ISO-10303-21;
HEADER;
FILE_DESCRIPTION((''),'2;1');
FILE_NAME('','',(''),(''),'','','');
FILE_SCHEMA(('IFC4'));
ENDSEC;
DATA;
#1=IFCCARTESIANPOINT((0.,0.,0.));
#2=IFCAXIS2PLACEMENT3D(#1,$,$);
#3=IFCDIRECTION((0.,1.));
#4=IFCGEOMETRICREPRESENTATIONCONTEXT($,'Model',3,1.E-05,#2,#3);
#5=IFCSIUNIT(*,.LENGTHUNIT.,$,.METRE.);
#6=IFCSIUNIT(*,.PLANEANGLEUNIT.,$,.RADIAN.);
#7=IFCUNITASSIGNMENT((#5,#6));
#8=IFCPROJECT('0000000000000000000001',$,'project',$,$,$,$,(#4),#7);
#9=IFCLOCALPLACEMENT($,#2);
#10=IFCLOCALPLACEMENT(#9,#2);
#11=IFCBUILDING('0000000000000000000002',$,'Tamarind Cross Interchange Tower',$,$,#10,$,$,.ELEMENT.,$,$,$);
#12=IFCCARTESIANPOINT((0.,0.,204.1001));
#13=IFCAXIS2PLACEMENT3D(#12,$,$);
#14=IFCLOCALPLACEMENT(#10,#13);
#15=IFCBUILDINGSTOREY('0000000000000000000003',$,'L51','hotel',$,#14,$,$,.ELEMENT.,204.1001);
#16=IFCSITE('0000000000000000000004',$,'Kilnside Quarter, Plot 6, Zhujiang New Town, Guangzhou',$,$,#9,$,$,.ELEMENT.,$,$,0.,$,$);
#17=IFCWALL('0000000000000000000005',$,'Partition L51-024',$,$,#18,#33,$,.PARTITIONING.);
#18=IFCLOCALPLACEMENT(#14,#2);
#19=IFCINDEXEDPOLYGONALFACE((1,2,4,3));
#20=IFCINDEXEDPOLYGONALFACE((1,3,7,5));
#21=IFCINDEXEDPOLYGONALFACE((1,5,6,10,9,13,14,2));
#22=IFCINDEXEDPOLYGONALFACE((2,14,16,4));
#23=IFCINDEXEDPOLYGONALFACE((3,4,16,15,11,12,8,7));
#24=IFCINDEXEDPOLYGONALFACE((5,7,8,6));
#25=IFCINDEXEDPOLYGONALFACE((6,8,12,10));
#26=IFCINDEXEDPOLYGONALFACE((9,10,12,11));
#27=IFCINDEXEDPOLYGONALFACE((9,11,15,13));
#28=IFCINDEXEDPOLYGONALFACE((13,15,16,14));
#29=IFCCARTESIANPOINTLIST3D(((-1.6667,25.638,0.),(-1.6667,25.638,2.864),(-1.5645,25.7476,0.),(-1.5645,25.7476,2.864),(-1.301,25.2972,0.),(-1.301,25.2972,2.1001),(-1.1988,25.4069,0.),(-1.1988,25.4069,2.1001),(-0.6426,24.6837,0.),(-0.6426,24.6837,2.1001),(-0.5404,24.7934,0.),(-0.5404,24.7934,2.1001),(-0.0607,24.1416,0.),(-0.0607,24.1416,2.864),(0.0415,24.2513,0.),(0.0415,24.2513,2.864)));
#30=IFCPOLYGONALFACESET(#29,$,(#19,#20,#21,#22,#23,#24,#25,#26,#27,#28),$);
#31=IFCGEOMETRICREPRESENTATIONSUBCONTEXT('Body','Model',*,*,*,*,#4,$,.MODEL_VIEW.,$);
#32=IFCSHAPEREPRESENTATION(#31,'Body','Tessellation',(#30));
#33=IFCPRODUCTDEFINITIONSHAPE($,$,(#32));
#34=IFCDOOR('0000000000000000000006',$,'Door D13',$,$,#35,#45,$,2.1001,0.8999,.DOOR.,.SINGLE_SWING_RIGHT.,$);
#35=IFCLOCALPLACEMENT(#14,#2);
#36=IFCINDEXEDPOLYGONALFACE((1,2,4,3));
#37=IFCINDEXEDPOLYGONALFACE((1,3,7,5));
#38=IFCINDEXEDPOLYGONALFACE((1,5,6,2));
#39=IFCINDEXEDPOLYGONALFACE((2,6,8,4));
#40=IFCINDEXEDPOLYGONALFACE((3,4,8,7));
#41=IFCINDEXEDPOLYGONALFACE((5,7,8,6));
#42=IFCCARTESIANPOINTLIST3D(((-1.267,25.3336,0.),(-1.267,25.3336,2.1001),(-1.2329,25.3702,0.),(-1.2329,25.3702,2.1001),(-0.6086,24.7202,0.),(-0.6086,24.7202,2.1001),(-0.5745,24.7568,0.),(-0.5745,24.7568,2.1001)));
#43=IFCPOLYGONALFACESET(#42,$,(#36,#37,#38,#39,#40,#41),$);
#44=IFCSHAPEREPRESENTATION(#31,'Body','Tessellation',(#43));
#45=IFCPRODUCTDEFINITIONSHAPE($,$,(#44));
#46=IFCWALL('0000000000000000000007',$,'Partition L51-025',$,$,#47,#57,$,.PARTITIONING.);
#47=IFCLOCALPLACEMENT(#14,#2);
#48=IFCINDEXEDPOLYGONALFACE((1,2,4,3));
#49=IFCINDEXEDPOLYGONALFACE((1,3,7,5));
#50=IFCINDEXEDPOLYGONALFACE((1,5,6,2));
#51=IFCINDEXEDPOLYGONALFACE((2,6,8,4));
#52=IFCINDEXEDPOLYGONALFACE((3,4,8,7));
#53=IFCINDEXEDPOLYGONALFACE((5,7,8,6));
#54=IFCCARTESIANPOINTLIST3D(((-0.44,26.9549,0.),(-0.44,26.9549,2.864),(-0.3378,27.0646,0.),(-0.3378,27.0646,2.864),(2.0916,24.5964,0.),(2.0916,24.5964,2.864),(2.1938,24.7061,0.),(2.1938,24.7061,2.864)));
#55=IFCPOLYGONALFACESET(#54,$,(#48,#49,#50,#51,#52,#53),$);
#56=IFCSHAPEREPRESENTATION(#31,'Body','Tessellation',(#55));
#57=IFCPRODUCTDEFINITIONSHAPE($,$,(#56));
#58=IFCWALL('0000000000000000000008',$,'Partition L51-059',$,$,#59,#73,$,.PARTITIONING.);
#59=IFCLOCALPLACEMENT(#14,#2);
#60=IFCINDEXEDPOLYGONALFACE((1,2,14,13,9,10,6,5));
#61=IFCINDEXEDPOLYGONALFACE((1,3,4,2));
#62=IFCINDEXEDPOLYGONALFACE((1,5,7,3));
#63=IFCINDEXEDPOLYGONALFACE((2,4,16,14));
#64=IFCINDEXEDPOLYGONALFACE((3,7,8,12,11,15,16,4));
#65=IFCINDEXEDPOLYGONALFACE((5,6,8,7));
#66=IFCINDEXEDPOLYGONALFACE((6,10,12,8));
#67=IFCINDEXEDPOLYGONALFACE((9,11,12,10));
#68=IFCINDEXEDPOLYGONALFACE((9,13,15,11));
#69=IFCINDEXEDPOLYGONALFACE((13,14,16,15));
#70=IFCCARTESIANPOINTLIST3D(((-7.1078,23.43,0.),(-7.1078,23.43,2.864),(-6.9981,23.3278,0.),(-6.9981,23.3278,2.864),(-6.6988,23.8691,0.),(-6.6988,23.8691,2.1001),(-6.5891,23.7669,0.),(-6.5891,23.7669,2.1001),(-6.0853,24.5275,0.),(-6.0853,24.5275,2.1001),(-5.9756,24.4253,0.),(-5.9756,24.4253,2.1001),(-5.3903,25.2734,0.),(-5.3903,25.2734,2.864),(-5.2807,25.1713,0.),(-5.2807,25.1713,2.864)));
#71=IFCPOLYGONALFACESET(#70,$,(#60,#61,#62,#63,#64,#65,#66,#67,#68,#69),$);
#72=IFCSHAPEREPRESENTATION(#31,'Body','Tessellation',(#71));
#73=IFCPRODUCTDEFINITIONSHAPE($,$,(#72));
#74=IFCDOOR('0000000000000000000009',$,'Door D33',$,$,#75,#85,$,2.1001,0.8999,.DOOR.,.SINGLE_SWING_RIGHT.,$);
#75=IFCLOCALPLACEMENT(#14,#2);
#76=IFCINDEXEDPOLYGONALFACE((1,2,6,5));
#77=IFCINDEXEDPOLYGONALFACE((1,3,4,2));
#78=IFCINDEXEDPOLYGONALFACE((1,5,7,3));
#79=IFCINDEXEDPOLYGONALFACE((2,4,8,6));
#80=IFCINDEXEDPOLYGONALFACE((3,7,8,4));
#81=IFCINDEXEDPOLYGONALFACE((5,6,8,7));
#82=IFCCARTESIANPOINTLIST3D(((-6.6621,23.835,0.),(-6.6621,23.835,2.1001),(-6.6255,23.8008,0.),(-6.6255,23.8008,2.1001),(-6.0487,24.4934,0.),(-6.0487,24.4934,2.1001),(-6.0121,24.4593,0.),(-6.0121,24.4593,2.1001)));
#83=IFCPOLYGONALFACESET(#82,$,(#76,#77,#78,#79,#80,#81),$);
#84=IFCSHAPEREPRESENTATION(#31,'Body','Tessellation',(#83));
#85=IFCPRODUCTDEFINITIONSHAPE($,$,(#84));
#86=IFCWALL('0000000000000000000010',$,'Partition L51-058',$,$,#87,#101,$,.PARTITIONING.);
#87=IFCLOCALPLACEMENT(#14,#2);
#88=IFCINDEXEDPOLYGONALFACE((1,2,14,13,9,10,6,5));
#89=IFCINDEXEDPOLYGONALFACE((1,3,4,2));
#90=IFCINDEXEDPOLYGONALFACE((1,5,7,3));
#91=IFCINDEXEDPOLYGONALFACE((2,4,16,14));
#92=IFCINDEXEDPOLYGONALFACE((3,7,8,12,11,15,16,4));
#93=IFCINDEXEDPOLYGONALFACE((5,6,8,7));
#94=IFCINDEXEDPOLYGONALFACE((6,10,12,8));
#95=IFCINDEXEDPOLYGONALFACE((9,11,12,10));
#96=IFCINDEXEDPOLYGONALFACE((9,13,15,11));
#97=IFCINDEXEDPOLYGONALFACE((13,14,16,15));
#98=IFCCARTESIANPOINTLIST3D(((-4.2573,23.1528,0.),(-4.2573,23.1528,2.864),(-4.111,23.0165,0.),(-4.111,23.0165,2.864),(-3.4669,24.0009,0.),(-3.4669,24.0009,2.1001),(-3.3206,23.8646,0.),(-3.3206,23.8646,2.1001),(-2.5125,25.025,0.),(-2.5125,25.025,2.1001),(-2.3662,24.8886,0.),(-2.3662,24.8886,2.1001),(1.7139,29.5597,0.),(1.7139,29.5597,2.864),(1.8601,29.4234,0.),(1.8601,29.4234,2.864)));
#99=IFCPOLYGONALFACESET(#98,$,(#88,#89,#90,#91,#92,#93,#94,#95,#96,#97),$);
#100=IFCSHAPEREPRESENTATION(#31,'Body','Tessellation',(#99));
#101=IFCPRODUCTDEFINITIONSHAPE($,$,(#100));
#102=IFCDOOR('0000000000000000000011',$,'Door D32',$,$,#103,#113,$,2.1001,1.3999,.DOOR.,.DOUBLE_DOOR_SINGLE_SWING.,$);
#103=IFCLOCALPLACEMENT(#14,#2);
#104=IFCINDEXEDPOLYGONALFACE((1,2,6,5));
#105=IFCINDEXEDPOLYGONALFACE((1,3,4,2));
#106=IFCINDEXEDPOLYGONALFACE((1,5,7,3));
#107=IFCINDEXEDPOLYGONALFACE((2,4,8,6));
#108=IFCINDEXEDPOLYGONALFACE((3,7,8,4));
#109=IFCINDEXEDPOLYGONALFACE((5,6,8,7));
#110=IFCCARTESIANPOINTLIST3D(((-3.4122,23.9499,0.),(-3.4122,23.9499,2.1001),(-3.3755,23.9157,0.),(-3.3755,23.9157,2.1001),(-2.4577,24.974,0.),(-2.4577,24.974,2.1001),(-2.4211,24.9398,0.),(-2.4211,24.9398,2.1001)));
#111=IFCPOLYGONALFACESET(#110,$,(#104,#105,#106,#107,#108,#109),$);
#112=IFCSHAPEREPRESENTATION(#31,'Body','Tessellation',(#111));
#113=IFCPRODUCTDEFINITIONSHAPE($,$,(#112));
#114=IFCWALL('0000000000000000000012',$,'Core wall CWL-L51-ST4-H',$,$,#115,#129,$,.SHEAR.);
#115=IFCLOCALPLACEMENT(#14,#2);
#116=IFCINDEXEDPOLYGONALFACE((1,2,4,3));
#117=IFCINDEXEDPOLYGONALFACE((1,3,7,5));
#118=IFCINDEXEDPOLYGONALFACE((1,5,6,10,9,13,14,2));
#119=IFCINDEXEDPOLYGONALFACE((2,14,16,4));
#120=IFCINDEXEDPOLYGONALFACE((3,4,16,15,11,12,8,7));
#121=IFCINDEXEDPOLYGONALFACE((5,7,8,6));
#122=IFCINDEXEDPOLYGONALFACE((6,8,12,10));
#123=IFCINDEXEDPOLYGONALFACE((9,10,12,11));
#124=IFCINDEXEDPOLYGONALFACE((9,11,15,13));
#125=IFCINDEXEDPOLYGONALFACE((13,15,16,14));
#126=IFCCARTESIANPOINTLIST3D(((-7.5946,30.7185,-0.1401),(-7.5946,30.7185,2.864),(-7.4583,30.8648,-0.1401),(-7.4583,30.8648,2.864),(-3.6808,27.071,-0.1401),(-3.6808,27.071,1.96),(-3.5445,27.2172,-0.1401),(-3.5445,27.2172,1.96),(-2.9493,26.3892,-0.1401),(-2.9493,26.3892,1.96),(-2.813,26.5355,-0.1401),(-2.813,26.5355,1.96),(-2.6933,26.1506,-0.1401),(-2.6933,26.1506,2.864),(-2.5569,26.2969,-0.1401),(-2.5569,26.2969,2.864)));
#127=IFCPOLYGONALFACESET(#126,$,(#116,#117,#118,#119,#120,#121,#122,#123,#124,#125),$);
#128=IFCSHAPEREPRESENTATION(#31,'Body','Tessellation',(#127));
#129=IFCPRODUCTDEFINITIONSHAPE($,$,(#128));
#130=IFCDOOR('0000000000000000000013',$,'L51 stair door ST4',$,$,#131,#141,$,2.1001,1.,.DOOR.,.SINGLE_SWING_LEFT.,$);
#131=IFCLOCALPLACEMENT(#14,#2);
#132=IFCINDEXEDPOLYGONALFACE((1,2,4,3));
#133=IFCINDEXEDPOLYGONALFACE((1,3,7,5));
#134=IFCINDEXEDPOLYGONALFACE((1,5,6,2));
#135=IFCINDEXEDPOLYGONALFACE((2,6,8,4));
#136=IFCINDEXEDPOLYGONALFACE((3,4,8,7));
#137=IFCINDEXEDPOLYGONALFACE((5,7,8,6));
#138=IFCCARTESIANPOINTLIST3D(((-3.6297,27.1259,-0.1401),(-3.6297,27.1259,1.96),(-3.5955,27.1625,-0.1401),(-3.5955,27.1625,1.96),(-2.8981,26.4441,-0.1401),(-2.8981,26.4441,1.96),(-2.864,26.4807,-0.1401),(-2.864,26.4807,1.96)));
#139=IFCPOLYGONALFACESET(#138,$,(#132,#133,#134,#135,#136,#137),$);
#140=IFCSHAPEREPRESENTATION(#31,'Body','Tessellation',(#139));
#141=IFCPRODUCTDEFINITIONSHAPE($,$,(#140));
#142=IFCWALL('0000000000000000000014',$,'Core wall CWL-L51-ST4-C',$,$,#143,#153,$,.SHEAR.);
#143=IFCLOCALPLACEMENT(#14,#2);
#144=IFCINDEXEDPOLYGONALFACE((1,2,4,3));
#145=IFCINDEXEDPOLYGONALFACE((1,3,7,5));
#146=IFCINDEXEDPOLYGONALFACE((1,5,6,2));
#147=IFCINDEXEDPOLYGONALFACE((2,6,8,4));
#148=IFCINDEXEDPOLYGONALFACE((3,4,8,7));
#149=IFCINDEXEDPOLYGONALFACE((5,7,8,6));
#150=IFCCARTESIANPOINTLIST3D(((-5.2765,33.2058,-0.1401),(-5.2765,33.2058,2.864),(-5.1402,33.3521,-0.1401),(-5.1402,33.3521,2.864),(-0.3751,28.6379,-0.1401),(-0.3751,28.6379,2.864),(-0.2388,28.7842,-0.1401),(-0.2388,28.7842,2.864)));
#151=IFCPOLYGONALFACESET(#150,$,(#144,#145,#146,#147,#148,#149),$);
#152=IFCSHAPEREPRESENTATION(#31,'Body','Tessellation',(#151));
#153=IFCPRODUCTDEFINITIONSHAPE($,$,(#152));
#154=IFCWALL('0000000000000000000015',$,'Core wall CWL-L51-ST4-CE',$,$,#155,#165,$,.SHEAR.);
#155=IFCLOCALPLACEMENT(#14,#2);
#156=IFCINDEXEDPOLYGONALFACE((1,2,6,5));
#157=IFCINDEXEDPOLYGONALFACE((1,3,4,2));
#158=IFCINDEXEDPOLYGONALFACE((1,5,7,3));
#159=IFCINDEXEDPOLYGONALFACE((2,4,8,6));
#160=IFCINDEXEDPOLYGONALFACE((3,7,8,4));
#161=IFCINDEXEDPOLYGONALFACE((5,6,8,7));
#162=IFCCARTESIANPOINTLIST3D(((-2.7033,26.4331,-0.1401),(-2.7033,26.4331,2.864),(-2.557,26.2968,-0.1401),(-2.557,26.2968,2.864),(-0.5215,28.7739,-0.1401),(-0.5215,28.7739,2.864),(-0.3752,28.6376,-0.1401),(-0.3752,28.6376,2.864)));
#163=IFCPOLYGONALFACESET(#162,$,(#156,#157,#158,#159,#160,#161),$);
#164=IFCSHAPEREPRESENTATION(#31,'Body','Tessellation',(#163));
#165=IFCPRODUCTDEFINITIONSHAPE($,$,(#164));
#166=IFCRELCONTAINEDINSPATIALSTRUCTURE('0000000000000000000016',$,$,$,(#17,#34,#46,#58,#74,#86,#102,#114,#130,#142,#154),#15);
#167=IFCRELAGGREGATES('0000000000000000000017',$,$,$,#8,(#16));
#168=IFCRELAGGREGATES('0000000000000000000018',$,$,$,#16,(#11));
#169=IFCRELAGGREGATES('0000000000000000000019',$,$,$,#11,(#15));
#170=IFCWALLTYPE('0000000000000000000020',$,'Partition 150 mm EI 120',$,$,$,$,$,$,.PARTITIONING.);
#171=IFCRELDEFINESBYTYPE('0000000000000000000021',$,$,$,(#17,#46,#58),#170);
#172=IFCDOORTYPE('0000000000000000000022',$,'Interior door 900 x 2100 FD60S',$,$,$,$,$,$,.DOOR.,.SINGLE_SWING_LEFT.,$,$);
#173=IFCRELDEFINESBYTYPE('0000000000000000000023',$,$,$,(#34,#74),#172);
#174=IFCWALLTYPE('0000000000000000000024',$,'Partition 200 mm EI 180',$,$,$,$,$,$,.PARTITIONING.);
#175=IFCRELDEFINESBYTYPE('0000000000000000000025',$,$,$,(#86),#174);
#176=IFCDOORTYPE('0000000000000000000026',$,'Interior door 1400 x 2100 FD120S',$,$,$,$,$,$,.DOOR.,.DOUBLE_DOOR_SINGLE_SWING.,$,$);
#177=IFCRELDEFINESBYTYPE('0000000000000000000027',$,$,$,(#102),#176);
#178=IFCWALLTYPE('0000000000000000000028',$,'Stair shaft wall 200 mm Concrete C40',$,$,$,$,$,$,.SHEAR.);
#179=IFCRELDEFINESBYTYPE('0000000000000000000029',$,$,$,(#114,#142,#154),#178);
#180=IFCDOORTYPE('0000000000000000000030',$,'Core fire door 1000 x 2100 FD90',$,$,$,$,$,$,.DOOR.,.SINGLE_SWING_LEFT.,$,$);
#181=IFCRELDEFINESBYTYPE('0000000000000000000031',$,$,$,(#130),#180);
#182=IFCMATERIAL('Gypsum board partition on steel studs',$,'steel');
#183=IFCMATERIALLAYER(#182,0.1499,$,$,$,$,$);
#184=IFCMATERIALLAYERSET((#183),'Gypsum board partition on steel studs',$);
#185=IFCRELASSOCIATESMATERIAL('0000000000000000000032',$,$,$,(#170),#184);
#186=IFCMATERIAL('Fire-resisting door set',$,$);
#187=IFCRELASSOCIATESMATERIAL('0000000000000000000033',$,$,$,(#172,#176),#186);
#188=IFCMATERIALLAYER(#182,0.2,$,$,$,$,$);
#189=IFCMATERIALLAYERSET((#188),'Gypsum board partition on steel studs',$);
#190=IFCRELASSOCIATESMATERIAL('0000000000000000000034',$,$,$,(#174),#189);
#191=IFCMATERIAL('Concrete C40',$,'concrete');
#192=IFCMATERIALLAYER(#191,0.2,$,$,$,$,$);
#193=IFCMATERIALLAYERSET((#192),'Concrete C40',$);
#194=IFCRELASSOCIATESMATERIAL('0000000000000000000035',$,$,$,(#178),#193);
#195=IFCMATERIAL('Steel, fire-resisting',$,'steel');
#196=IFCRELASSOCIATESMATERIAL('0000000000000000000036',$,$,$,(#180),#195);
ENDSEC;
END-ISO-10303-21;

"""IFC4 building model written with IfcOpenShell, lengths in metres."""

from ifc_helpers import new_model, si_unit, direction, frame, frame_2d, origin, place, context, subcontext, project, spatial, rectangle, extrude, material, layer, layer_set, type_object, element, fill, save


model = new_model("IFC4")

# Units and contexts
model_context = context("Model", 3, precision=1e-05, world=origin(), true_north=direction((0.0, 1.0)))
body_context = subcontext(model_context, "Body", "Model", "MODEL_VIEW")
ifc_project = project(units=[si_unit("LENGTHUNIT", "METRE"), si_unit("PLANEANGLEUNIT", "RADIAN")], contexts=[model_context])

# Site, building, storey
site_placement = place(None, origin())
site = spatial("IfcSite", under=ifc_project, at=site_placement, Name="Kilnside Quarter, Plot 6, Zhujiang New Town, Guangzhou", CompositionType="ELEMENT", RefElevation=0.0)
building_placement = place(site_placement, origin())
building = spatial("IfcBuilding", under=site, at=building_placement, Name="Tamarind Cross Interchange Tower", CompositionType="ELEMENT")
storey_placement = place(building_placement, frame((0.0, 0.0, 204.1001)))
storey = spatial("IfcBuildingStorey", under=building, at=storey_placement, Name="L51", Description="hotel", CompositionType="ELEMENT", Elevation=204.1001)

# Shared definitions
ifc_material_1 = material(Name="Gypsum board partition on steel studs", Category="steel")
ifc_layer_1 = layer(ifc_material_1, 0.1499)
ifc_layer_set_1 = layer_set([ifc_layer_1], Name="Gypsum board partition on steel studs")
wall_type_1 = type_object("IfcWallType", Name="Partition 150 mm EI 120", PredefinedType="PARTITIONING", material=ifc_layer_set_1)

# Wall, opening, door
wall_1_placement = place(storey_placement, frame((-1.6157, 25.6929, 0.0), z_axis=(0.0, 0.0, 1.0), x_axis=(0.731636, -0.681696, 0.0)))
wall_1 = element("IfcWall", 1, at=wall_1_placement, inside=storey, type_object=wall_type_1, Name="Partition L51-024", PredefinedType="PARTITIONING", context=body_context, shape_type="SweptSolid", body=[
    extrude(rectangle(XDim=2.1951, YDim=0.1499, at=frame_2d((1.0977, 0.0))), origin(), (0.0, 0.0, 1.0), 2.864),
])
opening_1_placement = place(wall_1_placement, frame((0.5, 0.0, 0.0)))
opening_1 = element("IfcOpeningElement", 2, at=opening_1_placement, cuts=wall_1, PredefinedType="OPENING", context=body_context, shape_type="SweptSolid", body=[
    extrude(rectangle(XDim=0.8999, YDim=2.1001, at=frame_2d((0.45, 1.05))), frame((0.0, 0.085, 0.0), z_axis=(0.0, -1.0, 0.0), x_axis=(1.0, 0.0, 0.0)), (0.0, 0.0, 1.0), 0.1699),
])
ifc_material_2 = material(Name="Fire-resisting door set")
door_type_1 = type_object("IfcDoorType", Name="Interior door 900 x 2100 FD60S", OperationType="SINGLE_SWING_LEFT", PredefinedType="DOOR", material=ifc_material_2)
door_1_placement = place(opening_1_placement, origin())
door_1 = element("IfcDoor", 3, at=door_1_placement, inside=storey, type_object=door_type_1, Name="Door D13", OperationType="SINGLE_SWING_RIGHT", OverallHeight=2.1001, OverallWidth=0.8999, PredefinedType="DOOR", context=body_context, shape_type="SweptSolid", body=[
    extrude(rectangle(XDim=0.8999, YDim=2.1001, at=frame_2d((0.45, 1.05))), frame((0.0, 0.0249, 0.0), z_axis=(0.0, -1.0, 0.0), x_axis=(1.0, 0.0, 0.0)), (0.0, 0.0, 1.0), 0.05),
])
fill(opening_1, door_1)

# Wall
wall_2_placement = place(storey_placement, frame((-0.3889, 27.0098, 0.0), z_axis=(0.0, 0.0, 1.0), x_axis=(0.731679, -0.681649, 0.0)))
element("IfcWall", 4, at=wall_2_placement, inside=storey, type_object=wall_type_1, Name="Partition L51-025", PredefinedType="PARTITIONING", context=body_context, shape_type="SweptSolid", body=[
    extrude(rectangle(XDim=3.46, YDim=0.1499, at=frame_2d((1.73, 0.0))), origin(), (0.0, 0.0, 1.0), 2.864),
])

# Walls, openings, doors
wall_3_placement = place(storey_placement, frame((-7.053, 23.3789, 0.0), z_axis=(0.0, 0.0, 1.0), x_axis=(0.681665, 0.731664, 0.0)))
wall_3 = element("IfcWall", 5, at=wall_3_placement, inside=storey, type_object=wall_type_1, Name="Partition L51-059", PredefinedType="PARTITIONING", context=body_context, shape_type="SweptSolid", body=[
    extrude(rectangle(XDim=2.5195, YDim=0.1499, at=frame_2d((1.2598, 0.0))), origin(), (0.0, 0.0, 1.0), 2.864),
])
opening_2_placement = place(wall_3_placement, frame((0.6001, 0.0, 0.0)))
opening_2 = element("IfcOpeningElement", 6, at=opening_2_placement, cuts=wall_3, PredefinedType="OPENING", context=body_context, shape_type="SweptSolid", body=[
    extrude(rectangle(XDim=0.8999, YDim=2.1001, at=frame_2d((0.45, 1.05))), frame((0.0, 0.085, 0.0), z_axis=(0.0, -1.0, 0.0), x_axis=(1.0, 0.0, 0.0)), (0.0, 0.0, 1.0), 0.1699),
])
door_2_placement = place(opening_2_placement, origin())
door_2 = element("IfcDoor", 7, at=door_2_placement, inside=storey, type_object=door_type_1, Name="Door D33", OperationType="SINGLE_SWING_RIGHT", OverallHeight=2.1001, OverallWidth=0.8999, PredefinedType="DOOR", context=body_context, shape_type="SweptSolid", body=[
    extrude(rectangle(XDim=0.8999, YDim=2.1001, at=frame_2d((0.45, 1.05))), frame((0.0, 0.0249, 0.0), z_axis=(0.0, -1.0, 0.0), x_axis=(1.0, 0.0, 0.0)), (0.0, 0.0, 1.0), 0.05),
])
fill(opening_2, door_2)
ifc_layer_2 = layer(ifc_material_1, 0.2)
ifc_layer_set_2 = layer_set([ifc_layer_2], Name="Gypsum board partition on steel studs")
wall_type_2 = type_object("IfcWallType", Name="Partition 200 mm EI 180", PredefinedType="PARTITIONING", material=ifc_layer_set_2)
wall_4_placement = place(storey_placement, frame((-4.1841, 23.0847, 0.0), z_axis=(0.0, 0.0, 1.0), x_axis=(0.68179, 0.731548, 0.0)))
wall_4 = element("IfcWall", 8, at=wall_4_placement, inside=storey, type_object=wall_type_2, Name="Partition L51-058", PredefinedType="PARTITIONING", context=body_context, shape_type="SweptSolid", body=[
    extrude(rectangle(XDim=8.7581, YDim=0.2, at=frame_2d((4.3789, 0.0))), origin(), (0.0, 0.0, 1.0), 2.864),
])
opening_3_placement = place(wall_4_placement, frame((1.1592, 0.0, 0.0)))
opening_3 = element("IfcOpeningElement", 9, at=opening_3_placement, cuts=wall_4, PredefinedType="OPENING", context=body_context, shape_type="SweptSolid", body=[
    extrude(rectangle(XDim=1.3999, YDim=2.1001, at=frame_2d((0.7, 1.05))), frame((0.0, 0.1099, 0.0), z_axis=(0.0, -1.0, 0.0), x_axis=(1.0, 0.0, 0.0)), (0.0, 0.0, 1.0), 0.22),
])
door_type_2 = type_object("IfcDoorType", Name="Interior door 1400 x 2100 FD120S", OperationType="DOUBLE_DOOR_SINGLE_SWING", PredefinedType="DOOR", material=ifc_material_2)
door_3_placement = place(opening_3_placement, frame((1.3999, 0.0, 0.0), z_axis=(0.0, 0.0, 1.0), x_axis=(-1.0, 0.0, 0.0)))
door_3 = element("IfcDoor", 10, at=door_3_placement, inside=storey, type_object=door_type_2, Name="Door D32", OperationType="DOUBLE_DOOR_SINGLE_SWING", OverallHeight=2.1001, OverallWidth=1.3999, PredefinedType="DOOR", context=body_context, shape_type="SweptSolid", body=[
    extrude(rectangle(XDim=1.3999, YDim=2.1001, at=frame_2d((0.7, 1.05))), frame((0.0, 0.0249, 0.0), z_axis=(0.0, -1.0, 0.0), x_axis=(1.0, 0.0, 0.0)), (0.0, 0.0, 1.0), 0.05),
])
fill(opening_3, door_3)
ifc_material_3 = material(Name="Concrete C40", Category="concrete")
ifc_layer_3 = layer(ifc_material_3, 0.2)
ifc_layer_set_3 = layer_set([ifc_layer_3], Name="Concrete C40")
wall_type_3 = type_object("IfcWallType", Name="Stair shaft wall 200 mm Concrete C40", PredefinedType="SHEAR", material=ifc_layer_set_3)
wall_5_placement = place(storey_placement, frame((-2.625, 26.2236, -0.1401), z_axis=(0.0, 0.0, 1.0), x_axis=(-0.731557, 0.681781, 0.0)))
wall_5 = element("IfcWall", 11, at=wall_5_placement, inside=storey, type_object=wall_type_3, Name="Core wall CWL-L51-ST4-H", PredefinedType="SHEAR", context=body_context, shape_type="SweptSolid", body=[
    extrude(rectangle(XDim=6.7, YDim=0.2, at=frame_2d((3.3501, 0.0))), origin(), (0.0, 0.0, 1.0), 3.0042),
])
opening_4_placement = place(wall_5_placement, frame((0.3501, 0.0, 0.0)))
opening_4 = element("IfcOpeningElement", 12, at=opening_4_placement, cuts=wall_5, PredefinedType="OPENING", context=body_context, shape_type="SweptSolid", body=[
    extrude(rectangle(XDim=1.0, YDim=2.1001, at=frame_2d((0.5, 1.05))), frame((0.0, 0.1099, 0.0), z_axis=(0.0, -1.0, 0.0), x_axis=(1.0, 0.0, 0.0)), (0.0, 0.0, 1.0), 0.22),
])
ifc_material_4 = material(Name="Steel, fire-resisting", Category="steel")
door_type_3 = type_object("IfcDoorType", Name="Core fire door 1000 x 2100 FD90", OperationType="SINGLE_SWING_LEFT", PredefinedType="DOOR", material=ifc_material_4)
door_4_placement = place(opening_4_placement, origin())
door_4 = element("IfcDoor", 13, at=door_4_placement, inside=storey, type_object=door_type_3, Name="L51 stair door ST4", OperationType="SINGLE_SWING_LEFT", OverallHeight=2.1001, OverallWidth=1.0, PredefinedType="DOOR", context=body_context, shape_type="SweptSolid", body=[
    extrude(rectangle(XDim=1.0, YDim=2.1001, at=frame_2d((0.5, 1.05))), frame((0.0, 0.0249, 0.0), z_axis=(0.0, -1.0, 0.0), x_axis=(1.0, 0.0, 0.0)), (0.0, 0.0, 1.0), 0.05),
])
fill(opening_4, door_4)

# Walls
wall_6_placement = place(storey_placement, frame((-0.3069, 28.7109, -0.1401), z_axis=(0.0, 0.0, 1.0), x_axis=(-0.731557, 0.681781, 0.0)))
element("IfcWall", 14, at=wall_6_placement, inside=storey, type_object=wall_type_3, Name="Core wall CWL-L51-ST4-C", PredefinedType="SHEAR", context=body_context, shape_type="SweptSolid", body=[
    extrude(rectangle(XDim=6.7, YDim=0.2, at=frame_2d((3.3501, 0.0))), origin(), (0.0, 0.0, 1.0), 3.0042),
])
wall_7_placement = place(storey_placement, frame((-0.4482, 28.7058, -0.1401), z_axis=(0.0, 0.0, 1.0), x_axis=(-0.681837, -0.731504, 0.0)))
element("IfcWall", 15, at=wall_7_placement, inside=storey, type_object=wall_type_3, Name="Core wall CWL-L51-ST4-CE", PredefinedType="SHEAR", context=body_context, shape_type="SweptSolid", body=[
    extrude(rectangle(XDim=3.2, YDim=0.2, at=frame_2d((1.6001, 0.0))), origin(), (0.0, 0.0, 1.0), 3.0042),
])

save(model, "model.ifc")
